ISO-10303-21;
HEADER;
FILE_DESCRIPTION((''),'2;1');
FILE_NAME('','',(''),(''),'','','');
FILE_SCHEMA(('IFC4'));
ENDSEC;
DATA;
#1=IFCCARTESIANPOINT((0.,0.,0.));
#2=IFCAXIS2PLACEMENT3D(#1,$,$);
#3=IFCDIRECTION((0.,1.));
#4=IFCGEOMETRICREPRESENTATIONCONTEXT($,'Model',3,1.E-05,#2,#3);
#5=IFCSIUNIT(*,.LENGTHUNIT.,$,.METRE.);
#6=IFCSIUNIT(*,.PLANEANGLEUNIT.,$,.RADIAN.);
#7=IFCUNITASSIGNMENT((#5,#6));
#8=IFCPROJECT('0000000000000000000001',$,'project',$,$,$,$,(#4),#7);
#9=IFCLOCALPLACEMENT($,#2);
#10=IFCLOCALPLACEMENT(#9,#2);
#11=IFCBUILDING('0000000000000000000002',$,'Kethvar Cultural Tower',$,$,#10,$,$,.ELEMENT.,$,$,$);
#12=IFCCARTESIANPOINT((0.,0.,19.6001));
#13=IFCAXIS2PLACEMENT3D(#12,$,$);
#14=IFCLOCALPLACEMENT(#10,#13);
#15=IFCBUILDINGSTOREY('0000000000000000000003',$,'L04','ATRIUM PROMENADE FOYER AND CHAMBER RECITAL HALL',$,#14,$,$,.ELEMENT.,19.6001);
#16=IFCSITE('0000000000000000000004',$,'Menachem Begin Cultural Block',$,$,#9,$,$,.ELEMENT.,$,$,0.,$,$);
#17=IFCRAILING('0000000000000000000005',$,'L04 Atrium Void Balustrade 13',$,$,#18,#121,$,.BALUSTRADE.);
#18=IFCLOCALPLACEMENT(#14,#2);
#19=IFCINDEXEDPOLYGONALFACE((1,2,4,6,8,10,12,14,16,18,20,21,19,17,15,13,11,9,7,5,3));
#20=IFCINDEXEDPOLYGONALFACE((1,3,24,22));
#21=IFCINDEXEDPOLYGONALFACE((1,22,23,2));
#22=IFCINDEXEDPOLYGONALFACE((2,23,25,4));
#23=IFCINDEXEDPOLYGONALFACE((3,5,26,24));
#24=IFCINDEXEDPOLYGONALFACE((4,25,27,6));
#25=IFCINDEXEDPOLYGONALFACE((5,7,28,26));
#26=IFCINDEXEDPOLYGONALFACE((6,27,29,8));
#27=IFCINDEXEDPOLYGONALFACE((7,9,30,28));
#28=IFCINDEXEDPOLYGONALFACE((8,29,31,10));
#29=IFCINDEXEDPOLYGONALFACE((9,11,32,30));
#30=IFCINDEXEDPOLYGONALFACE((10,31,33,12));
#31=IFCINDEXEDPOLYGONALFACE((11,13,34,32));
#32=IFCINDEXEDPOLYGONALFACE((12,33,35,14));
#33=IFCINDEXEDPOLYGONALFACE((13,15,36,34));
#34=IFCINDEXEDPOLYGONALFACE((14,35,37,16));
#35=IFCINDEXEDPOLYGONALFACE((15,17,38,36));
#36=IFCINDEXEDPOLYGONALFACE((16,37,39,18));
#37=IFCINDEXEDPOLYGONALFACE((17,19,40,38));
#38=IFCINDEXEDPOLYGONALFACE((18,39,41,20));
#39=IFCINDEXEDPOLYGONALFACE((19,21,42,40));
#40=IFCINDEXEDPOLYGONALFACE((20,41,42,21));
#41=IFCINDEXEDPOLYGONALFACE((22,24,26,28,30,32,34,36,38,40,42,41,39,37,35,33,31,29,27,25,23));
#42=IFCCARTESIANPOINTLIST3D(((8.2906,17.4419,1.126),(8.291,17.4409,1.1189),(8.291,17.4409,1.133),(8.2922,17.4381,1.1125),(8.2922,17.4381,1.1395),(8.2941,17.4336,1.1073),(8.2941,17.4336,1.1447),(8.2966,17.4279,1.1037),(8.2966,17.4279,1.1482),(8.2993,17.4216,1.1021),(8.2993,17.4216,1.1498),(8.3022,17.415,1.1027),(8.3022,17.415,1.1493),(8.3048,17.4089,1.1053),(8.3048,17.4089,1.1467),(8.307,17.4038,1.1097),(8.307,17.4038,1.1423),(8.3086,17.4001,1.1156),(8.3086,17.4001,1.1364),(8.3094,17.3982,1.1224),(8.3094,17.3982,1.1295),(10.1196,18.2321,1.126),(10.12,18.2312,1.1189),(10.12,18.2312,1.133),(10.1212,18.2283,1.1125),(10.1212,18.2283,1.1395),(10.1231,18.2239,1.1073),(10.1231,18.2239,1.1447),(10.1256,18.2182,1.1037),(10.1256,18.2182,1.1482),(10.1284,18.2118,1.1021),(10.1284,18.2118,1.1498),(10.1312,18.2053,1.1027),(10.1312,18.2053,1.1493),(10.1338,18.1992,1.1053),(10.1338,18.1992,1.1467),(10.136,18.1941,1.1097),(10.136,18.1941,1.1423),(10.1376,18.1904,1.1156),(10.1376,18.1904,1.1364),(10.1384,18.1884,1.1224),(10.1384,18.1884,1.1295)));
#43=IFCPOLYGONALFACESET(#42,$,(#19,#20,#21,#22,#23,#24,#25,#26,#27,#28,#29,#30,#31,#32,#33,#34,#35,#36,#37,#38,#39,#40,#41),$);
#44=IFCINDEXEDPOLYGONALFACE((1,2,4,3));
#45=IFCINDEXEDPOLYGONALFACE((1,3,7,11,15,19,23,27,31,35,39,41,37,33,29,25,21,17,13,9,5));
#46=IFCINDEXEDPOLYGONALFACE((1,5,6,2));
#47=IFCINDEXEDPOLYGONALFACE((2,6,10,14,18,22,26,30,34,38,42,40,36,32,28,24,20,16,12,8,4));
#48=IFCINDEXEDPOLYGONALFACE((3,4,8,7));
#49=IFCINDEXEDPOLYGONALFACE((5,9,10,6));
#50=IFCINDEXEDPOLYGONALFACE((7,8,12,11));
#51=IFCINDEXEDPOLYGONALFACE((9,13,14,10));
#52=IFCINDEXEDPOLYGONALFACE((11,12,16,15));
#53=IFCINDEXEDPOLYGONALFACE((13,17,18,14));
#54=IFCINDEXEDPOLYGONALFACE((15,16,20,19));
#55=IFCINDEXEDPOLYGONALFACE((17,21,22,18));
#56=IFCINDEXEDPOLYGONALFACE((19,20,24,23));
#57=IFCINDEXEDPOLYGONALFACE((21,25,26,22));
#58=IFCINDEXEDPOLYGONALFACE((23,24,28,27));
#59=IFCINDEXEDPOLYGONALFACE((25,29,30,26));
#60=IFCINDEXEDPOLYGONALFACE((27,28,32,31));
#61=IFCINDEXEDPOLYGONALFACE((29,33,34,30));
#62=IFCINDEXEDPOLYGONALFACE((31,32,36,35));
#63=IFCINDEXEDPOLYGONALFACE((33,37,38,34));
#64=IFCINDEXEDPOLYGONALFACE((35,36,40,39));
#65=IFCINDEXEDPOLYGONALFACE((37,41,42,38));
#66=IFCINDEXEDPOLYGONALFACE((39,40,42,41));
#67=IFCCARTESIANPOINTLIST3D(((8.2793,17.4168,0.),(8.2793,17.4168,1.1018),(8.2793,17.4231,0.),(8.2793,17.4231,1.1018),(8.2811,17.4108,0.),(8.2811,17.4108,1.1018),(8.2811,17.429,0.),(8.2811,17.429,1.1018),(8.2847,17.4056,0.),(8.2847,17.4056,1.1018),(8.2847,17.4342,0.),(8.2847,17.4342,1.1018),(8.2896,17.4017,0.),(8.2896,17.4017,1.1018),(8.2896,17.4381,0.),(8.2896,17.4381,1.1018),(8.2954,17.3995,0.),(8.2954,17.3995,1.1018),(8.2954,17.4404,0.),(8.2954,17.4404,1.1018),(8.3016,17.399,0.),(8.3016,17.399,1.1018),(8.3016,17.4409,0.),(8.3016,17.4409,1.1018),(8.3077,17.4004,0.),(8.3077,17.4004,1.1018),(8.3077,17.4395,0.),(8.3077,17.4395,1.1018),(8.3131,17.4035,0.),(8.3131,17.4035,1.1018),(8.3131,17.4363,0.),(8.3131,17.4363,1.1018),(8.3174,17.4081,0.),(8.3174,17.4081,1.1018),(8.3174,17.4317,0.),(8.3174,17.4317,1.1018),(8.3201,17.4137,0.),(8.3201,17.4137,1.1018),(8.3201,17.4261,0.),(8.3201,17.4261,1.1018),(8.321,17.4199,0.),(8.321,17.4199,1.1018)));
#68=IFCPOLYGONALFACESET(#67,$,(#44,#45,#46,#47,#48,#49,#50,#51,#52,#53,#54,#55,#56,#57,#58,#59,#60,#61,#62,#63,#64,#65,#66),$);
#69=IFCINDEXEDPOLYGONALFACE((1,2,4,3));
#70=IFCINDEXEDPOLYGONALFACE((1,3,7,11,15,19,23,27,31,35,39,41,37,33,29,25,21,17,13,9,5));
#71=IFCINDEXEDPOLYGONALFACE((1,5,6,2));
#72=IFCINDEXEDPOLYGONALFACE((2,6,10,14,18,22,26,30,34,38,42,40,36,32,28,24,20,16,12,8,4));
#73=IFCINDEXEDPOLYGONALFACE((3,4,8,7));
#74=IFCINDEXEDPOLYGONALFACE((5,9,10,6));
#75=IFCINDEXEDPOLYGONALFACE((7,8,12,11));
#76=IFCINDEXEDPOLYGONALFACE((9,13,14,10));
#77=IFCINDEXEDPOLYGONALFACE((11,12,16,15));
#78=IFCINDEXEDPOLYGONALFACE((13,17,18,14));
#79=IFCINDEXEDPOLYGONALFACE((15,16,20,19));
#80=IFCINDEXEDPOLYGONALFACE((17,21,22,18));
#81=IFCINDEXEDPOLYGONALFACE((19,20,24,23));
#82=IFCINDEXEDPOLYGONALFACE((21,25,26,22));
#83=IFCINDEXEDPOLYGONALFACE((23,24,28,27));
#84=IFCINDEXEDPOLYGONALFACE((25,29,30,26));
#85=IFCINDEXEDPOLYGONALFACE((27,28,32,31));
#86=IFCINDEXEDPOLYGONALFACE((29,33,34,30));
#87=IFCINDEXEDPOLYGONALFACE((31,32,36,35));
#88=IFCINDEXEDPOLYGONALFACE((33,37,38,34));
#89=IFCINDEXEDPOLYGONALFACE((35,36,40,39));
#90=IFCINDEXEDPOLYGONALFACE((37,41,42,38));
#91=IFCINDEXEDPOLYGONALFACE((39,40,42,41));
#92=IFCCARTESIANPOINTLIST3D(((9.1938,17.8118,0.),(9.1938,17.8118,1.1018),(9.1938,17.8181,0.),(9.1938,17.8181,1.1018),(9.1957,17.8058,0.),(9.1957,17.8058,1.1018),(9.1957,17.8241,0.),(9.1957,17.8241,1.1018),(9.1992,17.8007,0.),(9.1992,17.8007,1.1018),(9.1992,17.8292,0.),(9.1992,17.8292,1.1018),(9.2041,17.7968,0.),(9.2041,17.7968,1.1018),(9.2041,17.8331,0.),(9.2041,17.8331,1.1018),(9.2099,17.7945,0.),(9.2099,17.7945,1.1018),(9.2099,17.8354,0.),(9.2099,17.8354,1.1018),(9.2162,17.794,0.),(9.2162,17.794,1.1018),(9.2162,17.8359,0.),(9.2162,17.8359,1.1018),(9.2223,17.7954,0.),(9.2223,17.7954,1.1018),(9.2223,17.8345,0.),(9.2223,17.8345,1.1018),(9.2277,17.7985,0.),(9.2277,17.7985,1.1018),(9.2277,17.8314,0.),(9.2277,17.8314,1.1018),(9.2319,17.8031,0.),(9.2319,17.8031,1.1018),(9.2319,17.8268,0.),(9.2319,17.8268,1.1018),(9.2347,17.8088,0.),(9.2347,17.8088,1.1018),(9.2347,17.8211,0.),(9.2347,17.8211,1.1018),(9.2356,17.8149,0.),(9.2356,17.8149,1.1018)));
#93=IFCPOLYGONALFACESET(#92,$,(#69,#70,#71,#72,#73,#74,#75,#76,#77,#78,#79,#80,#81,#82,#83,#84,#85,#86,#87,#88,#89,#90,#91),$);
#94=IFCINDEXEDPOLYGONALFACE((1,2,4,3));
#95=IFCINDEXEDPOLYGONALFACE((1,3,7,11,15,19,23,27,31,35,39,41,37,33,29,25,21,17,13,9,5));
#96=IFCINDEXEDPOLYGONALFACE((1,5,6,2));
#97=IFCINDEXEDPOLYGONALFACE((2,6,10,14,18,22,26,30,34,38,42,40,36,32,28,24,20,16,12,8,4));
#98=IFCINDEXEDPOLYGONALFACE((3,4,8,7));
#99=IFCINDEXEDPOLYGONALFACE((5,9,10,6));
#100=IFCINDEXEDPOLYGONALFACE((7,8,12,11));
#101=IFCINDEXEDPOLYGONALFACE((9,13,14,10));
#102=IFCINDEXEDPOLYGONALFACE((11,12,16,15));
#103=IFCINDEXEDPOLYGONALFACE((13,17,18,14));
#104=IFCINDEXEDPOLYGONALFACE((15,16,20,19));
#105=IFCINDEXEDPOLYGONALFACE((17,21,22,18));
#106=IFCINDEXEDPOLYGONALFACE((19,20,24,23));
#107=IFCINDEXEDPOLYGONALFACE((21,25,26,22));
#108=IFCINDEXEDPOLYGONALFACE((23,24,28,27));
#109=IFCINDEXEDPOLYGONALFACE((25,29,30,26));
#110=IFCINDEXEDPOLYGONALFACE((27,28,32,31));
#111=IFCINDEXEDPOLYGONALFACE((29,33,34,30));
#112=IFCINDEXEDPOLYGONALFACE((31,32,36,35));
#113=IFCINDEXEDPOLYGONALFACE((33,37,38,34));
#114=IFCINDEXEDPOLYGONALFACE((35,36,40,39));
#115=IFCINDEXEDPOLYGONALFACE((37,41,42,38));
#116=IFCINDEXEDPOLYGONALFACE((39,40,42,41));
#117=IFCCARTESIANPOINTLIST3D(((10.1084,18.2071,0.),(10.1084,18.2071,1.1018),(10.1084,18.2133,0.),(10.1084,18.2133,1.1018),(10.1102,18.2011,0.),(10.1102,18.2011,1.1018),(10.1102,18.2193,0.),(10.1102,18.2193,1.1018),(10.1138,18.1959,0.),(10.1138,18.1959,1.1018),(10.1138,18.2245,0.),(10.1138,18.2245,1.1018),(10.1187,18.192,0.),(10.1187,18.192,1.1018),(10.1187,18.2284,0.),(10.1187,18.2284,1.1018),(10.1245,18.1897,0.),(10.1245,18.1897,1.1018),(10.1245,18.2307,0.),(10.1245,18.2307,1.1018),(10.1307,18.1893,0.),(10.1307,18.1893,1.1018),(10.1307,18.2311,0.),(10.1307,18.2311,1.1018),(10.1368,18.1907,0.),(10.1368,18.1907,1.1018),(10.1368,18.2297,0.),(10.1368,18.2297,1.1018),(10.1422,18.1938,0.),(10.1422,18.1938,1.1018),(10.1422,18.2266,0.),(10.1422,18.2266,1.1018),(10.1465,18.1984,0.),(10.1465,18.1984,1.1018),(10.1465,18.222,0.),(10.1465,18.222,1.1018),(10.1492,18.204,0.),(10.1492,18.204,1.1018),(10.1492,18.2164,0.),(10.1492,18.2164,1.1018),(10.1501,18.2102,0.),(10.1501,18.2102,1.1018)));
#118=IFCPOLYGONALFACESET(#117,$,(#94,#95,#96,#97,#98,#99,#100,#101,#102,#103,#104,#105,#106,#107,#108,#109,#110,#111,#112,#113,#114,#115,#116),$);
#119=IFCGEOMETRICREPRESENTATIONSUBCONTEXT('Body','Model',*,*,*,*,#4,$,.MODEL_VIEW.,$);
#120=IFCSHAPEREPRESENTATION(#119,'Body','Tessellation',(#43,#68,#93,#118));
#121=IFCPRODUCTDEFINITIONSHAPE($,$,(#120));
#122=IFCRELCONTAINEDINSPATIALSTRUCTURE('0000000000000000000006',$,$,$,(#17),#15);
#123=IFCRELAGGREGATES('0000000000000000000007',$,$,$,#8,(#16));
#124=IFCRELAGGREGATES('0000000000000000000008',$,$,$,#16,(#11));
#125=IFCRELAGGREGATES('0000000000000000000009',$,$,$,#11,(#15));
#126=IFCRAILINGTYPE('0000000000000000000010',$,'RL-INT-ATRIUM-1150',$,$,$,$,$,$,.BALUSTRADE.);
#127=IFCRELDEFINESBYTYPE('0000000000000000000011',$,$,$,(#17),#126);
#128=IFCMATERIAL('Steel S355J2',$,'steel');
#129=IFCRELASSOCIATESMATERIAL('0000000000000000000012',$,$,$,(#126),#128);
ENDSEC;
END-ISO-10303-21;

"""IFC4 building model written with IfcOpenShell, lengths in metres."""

from ifc_helpers import new_model, si_unit, direction, frame, origin, origin_2d, place, context, subcontext, project, spatial, circle, extrude, material, type_object, element, save


model = new_model("IFC4")

# Units and contexts
model_context = context("Model", 3, precision=1e-05, world=origin(), true_north=direction((0.0, 1.0)))
body_context = subcontext(model_context, "Body", "Model", "MODEL_VIEW")
ifc_project = project(units=[si_unit("LENGTHUNIT", "METRE"), si_unit("PLANEANGLEUNIT", "RADIAN")], contexts=[model_context])

# Site, building, storey
site_placement = place(None, origin())
site = spatial("IfcSite", under=ifc_project, at=site_placement, Name="Menachem Begin Cultural Block", CompositionType="ELEMENT", RefElevation=0.0)
building_placement = place(site_placement, origin())
building = spatial("IfcBuilding", under=site, at=building_placement, Name="Kethvar Cultural Tower", CompositionType="ELEMENT")
storey_placement = place(building_placement, frame((0.0, 0.0, 19.6001)))
storey = spatial("IfcBuildingStorey", under=building, at=storey_placement, Name="L04", Description="ATRIUM PROMENADE FOYER AND CHAMBER RECITAL HALL", CompositionType="ELEMENT", Elevation=19.6001)

# Shared definitions
ifc_material_1 = material(Name="Steel S355J2", Category="steel")

# Railing
railing_type = type_object("IfcRailingType", Name="RL-INT-ATRIUM-1150", PredefinedType="BALUSTRADE", material=ifc_material_1)
railing_1_placement = place(storey_placement, frame((8.3, 17.4199, 0.0)))
element("IfcRailing", 1, at=railing_1_placement, inside=storey, type_object=railing_type, Name="L04 Atrium Void Balustrade 13", PredefinedType="BALUSTRADE", context=body_context, shape_type="SweptSolid", body=[
    extrude(circle(Radius=0.0239, at=origin_2d()), frame((0.0, 0.0, 1.126), z_axis=(0.917981, 0.396624, 0.0), x_axis=(-0.396624, 0.917981, 0.0)), (0.0, 0.0, 1.0), 1.9924),
    extrude(circle(Radius=0.021, at=origin_2d()), origin(), (0.0, 0.0, 1.0), 1.1018),
    extrude(circle(Radius=0.021, at=origin_2d()), frame((0.9146, 0.395, 0.0)), (0.0, 0.0, 1.0), 1.1018),
    extrude(circle(Radius=0.021, at=origin_2d()), frame((1.8291, 0.7903, 0.0)), (0.0, 0.0, 1.0), 1.1018),
])

save(model, "model.ifc")
